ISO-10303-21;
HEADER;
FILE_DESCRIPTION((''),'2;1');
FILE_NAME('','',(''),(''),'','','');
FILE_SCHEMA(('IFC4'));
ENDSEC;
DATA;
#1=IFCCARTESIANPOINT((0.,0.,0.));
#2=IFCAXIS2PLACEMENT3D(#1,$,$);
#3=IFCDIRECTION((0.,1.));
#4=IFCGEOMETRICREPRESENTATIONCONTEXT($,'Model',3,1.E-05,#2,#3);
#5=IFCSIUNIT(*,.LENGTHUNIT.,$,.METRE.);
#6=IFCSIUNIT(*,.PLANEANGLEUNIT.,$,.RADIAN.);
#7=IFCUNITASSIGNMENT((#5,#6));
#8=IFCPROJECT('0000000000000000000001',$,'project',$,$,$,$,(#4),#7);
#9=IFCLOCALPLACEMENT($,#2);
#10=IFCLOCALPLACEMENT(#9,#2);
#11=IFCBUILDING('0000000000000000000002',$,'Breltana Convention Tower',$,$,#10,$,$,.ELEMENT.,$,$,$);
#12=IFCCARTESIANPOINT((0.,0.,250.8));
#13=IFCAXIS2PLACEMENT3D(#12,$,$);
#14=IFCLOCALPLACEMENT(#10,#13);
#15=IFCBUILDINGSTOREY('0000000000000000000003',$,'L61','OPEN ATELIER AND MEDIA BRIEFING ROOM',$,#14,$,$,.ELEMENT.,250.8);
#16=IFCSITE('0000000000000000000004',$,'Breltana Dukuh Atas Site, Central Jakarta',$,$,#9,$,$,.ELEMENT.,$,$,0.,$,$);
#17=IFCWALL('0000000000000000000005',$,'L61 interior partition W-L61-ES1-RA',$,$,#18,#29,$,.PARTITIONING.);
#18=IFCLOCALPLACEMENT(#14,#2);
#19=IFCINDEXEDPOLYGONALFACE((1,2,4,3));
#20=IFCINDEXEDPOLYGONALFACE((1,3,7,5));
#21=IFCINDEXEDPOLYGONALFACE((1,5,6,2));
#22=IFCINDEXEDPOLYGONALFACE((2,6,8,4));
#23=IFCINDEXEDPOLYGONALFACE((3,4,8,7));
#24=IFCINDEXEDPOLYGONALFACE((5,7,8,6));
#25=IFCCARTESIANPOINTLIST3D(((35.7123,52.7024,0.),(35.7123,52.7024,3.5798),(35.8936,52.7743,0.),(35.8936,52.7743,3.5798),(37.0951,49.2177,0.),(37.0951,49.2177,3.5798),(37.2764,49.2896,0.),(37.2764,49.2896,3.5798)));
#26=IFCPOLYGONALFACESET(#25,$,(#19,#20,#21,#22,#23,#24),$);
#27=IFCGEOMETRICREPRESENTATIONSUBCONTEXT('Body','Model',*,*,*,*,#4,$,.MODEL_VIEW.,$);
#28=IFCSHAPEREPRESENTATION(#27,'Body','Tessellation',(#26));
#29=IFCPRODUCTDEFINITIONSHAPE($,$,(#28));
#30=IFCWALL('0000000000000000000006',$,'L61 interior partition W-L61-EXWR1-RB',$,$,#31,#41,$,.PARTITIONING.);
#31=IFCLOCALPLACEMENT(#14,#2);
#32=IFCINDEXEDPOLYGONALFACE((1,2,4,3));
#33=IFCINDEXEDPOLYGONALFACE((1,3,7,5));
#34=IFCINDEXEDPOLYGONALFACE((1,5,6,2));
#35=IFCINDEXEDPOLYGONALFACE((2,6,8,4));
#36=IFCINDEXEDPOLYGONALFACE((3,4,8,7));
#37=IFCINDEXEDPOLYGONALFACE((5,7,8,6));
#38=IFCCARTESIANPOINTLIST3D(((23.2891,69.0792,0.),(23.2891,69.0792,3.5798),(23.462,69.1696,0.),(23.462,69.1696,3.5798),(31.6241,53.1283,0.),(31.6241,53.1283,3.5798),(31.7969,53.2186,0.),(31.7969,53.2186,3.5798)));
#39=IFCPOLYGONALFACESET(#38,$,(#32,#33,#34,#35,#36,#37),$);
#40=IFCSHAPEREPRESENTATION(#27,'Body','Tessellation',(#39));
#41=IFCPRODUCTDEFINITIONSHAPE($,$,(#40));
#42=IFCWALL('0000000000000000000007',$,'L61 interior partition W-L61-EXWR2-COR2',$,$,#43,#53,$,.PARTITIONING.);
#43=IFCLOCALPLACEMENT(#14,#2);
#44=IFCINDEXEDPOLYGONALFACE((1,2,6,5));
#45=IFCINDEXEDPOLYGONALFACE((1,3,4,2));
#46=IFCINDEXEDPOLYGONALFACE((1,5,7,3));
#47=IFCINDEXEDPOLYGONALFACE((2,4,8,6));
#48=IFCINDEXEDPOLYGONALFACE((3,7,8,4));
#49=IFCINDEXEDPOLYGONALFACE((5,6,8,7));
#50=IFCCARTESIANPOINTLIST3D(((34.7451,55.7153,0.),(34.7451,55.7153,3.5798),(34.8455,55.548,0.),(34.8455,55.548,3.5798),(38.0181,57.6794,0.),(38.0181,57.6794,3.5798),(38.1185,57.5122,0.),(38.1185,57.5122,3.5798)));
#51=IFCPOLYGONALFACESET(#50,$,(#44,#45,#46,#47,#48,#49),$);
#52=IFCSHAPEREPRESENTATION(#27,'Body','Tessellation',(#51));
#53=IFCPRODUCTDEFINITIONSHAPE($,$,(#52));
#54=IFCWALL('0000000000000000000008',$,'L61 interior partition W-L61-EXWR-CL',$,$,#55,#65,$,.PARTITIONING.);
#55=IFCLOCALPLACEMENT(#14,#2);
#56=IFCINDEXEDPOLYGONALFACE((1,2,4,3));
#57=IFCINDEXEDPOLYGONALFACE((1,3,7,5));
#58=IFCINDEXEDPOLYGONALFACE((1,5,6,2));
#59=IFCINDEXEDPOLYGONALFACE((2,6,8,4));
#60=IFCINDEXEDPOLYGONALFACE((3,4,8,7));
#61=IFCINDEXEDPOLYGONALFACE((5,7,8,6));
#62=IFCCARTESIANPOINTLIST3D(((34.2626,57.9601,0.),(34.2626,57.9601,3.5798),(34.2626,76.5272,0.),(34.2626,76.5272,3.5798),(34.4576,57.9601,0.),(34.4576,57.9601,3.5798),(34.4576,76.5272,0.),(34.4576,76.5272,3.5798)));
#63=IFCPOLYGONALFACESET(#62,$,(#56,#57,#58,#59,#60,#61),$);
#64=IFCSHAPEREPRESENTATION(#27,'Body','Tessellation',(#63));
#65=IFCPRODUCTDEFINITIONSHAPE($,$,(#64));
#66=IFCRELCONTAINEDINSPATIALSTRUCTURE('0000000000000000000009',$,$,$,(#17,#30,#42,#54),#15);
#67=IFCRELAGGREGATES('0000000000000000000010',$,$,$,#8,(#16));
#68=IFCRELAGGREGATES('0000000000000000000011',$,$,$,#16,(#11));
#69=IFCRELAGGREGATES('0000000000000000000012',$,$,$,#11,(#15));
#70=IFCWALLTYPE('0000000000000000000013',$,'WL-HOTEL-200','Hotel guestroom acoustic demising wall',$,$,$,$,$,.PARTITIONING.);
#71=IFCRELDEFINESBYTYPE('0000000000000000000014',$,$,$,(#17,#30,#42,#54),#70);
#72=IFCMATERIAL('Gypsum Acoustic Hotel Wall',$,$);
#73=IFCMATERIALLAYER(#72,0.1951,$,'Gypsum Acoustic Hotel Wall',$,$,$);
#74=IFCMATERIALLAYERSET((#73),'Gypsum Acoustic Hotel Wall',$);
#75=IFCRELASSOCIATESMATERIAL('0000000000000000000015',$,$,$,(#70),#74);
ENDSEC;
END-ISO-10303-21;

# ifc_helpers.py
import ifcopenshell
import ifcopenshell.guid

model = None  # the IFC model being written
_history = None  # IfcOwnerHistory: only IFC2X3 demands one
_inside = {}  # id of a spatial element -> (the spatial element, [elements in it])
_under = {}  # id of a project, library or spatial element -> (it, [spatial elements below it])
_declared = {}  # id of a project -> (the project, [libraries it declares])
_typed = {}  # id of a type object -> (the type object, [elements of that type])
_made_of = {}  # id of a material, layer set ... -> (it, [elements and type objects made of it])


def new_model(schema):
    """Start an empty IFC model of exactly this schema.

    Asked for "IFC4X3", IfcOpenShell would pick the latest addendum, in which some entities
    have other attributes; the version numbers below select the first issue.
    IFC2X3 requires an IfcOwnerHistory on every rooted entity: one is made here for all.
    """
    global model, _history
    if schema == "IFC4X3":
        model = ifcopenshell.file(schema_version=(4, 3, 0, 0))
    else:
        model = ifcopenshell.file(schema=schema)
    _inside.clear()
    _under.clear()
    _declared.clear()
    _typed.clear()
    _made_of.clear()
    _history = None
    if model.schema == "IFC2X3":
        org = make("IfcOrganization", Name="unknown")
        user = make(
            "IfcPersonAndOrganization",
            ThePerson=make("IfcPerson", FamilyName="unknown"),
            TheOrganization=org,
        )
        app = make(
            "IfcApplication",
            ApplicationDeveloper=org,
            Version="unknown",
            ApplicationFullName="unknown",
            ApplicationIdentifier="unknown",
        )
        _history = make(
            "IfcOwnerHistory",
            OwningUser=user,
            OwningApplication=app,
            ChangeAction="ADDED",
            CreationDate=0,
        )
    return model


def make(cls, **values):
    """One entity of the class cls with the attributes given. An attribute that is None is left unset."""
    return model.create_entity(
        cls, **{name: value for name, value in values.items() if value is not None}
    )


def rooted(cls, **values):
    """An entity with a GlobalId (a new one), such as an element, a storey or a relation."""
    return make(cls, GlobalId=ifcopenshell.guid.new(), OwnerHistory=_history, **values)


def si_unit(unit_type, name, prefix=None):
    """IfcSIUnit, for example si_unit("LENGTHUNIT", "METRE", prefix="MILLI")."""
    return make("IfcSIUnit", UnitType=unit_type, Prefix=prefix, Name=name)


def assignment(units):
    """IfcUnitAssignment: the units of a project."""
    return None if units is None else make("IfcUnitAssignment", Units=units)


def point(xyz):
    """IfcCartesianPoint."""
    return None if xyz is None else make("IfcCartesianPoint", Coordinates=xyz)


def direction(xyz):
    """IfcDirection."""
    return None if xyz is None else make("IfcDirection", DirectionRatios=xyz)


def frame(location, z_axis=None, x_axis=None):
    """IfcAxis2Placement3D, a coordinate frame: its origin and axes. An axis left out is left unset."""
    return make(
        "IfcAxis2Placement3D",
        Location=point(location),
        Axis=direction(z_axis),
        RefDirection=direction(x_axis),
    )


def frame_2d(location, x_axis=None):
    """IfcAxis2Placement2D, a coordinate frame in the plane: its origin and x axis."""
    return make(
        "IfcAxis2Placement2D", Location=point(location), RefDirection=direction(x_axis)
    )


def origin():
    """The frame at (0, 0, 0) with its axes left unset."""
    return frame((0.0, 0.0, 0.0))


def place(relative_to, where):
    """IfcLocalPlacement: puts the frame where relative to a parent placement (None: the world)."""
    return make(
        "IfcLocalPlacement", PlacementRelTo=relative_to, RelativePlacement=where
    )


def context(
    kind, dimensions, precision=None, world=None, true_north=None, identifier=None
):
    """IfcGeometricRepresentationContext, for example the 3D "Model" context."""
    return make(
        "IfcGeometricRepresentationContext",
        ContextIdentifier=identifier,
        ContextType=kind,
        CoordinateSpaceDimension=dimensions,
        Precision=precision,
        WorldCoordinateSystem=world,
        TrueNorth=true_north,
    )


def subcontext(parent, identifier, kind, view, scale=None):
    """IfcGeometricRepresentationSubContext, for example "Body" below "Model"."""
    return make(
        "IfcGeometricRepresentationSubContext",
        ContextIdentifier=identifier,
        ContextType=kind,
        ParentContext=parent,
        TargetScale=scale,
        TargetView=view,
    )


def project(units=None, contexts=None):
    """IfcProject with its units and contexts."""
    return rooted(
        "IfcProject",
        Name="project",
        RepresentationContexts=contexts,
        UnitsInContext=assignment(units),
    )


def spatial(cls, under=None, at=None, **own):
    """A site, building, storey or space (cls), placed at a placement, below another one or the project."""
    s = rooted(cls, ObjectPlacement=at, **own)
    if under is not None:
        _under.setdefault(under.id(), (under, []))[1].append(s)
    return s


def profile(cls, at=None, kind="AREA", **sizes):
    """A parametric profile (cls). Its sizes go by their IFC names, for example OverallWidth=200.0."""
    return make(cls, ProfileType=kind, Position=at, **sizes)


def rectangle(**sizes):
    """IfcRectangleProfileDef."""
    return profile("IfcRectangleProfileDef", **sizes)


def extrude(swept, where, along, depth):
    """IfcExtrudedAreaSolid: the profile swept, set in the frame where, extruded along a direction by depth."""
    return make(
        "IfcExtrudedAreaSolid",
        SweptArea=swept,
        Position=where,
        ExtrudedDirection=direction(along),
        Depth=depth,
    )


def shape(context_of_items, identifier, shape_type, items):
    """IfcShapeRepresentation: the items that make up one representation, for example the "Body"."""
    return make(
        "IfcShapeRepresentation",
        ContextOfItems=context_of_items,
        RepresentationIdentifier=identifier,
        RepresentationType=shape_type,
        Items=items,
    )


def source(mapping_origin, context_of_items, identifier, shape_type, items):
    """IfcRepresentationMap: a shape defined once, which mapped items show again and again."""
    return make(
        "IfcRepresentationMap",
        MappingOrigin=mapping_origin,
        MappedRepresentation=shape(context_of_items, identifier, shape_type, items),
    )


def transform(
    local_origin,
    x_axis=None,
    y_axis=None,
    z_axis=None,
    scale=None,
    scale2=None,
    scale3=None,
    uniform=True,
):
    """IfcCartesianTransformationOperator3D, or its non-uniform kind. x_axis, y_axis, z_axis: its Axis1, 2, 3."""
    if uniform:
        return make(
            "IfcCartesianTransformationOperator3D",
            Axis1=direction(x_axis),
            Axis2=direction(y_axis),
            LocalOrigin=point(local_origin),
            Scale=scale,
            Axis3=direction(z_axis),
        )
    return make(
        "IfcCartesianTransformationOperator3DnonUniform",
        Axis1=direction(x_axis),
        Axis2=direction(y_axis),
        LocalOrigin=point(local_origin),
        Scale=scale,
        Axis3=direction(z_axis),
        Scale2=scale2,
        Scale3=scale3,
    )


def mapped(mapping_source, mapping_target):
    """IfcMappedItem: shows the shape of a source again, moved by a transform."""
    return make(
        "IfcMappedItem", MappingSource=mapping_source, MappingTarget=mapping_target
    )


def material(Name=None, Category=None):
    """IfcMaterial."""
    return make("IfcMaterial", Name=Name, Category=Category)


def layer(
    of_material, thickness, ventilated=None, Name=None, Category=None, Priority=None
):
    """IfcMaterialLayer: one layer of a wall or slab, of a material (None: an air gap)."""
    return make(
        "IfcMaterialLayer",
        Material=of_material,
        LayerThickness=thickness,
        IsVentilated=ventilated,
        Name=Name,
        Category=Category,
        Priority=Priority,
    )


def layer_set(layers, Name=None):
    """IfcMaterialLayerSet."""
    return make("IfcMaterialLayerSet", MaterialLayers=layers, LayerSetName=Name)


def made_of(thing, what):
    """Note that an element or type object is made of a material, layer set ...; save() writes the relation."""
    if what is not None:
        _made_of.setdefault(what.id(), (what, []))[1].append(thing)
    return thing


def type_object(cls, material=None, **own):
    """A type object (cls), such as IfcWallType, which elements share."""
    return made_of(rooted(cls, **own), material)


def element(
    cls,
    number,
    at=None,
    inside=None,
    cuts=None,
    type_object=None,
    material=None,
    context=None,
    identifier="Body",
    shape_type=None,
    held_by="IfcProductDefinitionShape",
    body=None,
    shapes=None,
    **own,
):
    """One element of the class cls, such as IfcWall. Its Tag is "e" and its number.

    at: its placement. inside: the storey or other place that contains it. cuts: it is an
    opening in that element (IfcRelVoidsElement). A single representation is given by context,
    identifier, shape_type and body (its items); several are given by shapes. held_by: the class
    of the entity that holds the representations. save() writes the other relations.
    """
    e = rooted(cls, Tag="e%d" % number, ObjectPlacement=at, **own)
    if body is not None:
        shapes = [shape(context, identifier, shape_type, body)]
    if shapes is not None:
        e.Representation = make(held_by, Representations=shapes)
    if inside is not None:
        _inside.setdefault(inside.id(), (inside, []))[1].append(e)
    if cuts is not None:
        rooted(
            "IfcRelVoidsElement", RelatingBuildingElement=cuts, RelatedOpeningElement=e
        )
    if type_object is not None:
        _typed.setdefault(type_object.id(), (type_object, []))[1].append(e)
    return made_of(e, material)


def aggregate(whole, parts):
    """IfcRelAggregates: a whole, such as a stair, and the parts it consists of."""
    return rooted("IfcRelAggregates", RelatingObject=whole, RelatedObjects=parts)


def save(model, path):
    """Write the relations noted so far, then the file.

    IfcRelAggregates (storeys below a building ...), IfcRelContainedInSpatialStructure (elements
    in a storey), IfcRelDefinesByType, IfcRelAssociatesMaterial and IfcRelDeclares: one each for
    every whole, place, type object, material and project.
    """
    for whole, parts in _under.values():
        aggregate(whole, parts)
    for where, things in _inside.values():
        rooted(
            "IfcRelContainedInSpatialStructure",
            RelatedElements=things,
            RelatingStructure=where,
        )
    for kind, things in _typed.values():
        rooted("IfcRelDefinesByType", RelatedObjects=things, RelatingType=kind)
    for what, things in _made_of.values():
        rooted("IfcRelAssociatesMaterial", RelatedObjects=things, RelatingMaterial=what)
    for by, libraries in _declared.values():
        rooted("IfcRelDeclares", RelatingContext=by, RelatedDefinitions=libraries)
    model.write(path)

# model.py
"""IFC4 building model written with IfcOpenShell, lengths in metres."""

from ifc_helpers import new_model, si_unit, direction, frame, frame_2d, origin, place, context, subcontext, project, spatial, rectangle, extrude, source, transform, mapped, material, layer, layer_set, type_object, element, save


model = new_model("IFC4")

# Units and contexts
model_context = context("Model", 3, precision=1e-05, world=origin(), true_north=direction((0.0, 1.0)))
body_context = subcontext(model_context, "Body", "Model", "MODEL_VIEW")
ifc_project = project(units=[si_unit("LENGTHUNIT", "METRE"), si_unit("PLANEANGLEUNIT", "RADIAN")], contexts=[model_context])

# Site, building, storey
site_placement = place(None, origin())
site = spatial("IfcSite", under=ifc_project, at=site_placement, Name="Breltana Dukuh Atas Site, Central Jakarta", CompositionType="ELEMENT", RefElevation=0.0)
building_placement = place(site_placement, origin())
building = spatial("IfcBuilding", under=site, at=building_placement, Name="Breltana Convention Tower", CompositionType="ELEMENT")
storey_placement = place(building_placement, frame((0.0, 0.0, 250.8)))
storey = spatial("IfcBuildingStorey", under=building, at=storey_placement, Name="L61", Description="OPEN ATELIER AND MEDIA BRIEFING ROOM", CompositionType="ELEMENT", Elevation=250.8)

# Shared definitions
ifc_material_1 = material(Name="Gypsum Acoustic Hotel Wall")
ifc_layer_1 = layer(ifc_material_1, 0.1951, Name="Gypsum Acoustic Hotel Wall")
ifc_layer_set_1 = layer_set([ifc_layer_1], Name="Gypsum Acoustic Hotel Wall")
wall_type_1 = type_object("IfcWallType", Name="WL-HOTEL-200", Description="Hotel guestroom acoustic demising wall", PredefinedType="PARTITIONING", material=ifc_layer_set_1)

# Walls
shared_shape_1 = source(origin(), body_context, "Body", "SweptSolid", [
    extrude(rectangle(XDim=3.749, YDim=0.1951, at=frame_2d((1.8745, 0.0))), origin(), (0.0, 0.0, 1.0), 3.5798),
])
wall_1_placement = place(storey_placement, frame((37.1858, 49.2537, 0.0), z_axis=(0.0, 0.0, 1.0), x_axis=(-0.368852, 0.929488, 0.0)))
element("IfcWall", 1, at=wall_1_placement, inside=storey, type_object=wall_type_1, Name="L61 interior partition W-L61-ES1-RA", PredefinedType="PARTITIONING", context=body_context, shape_type="MappedRepresentation", body=[
    mapped(shared_shape_1, transform((0.0, 0.0, 0.0), scale=1.0)),
])
shared_shape_2 = source(origin(), body_context, "Body", "SweptSolid", [
    extrude(rectangle(XDim=17.9973, YDim=0.1951, at=frame_2d((8.9985, 0.0))), origin(), (0.0, 0.0, 1.0), 3.5798),
])
wall_2_placement = place(storey_placement, frame((31.7104, 53.1736, 0.0), z_axis=(0.0, 0.0, 1.0), x_axis=(-0.463122, 0.886294, 0.0)))
element("IfcWall", 2, at=wall_2_placement, inside=storey, type_object=wall_type_1, Name="L61 interior partition W-L61-EXWR1-RB", PredefinedType="PARTITIONING", context=body_context, shape_type="MappedRepresentation", body=[
    mapped(shared_shape_2, transform((0.0, 0.0, 0.0), scale=1.0)),
])

# Walls
shared_shape_3 = source(origin(), body_context, "Body", "SweptSolid", [
    extrude(rectangle(XDim=3.8171, YDim=0.1951, at=frame_2d((1.9087, 0.0))), origin(), (0.0, 0.0, 1.0), 3.5798),
])
wall_3_placement = place(storey_placement, frame((34.7952, 55.6316, 0.0), z_axis=(0.0, 0.0, 1.0), x_axis=(0.857453, 0.514562, 0.0)))
element("IfcWall", 3, at=wall_3_placement, inside=storey, type_object=wall_type_1, Name="L61 interior partition W-L61-EXWR2-COR2", PredefinedType="PARTITIONING", context=body_context, shape_type="MappedRepresentation", body=[
    mapped(shared_shape_3, transform((0.0, 0.0, 0.0), scale=1.0)),
])
shared_shape_4 = source(origin(), body_context, "Body", "SweptSolid", [
    extrude(rectangle(XDim=18.5671, YDim=0.1951, at=frame_2d((9.2837, 0.0))), origin(), (0.0, 0.0, 1.0), 3.5798),
])
wall_4_placement = place(storey_placement, frame((34.3601, 57.96, 0.0), z_axis=(0.0, 0.0, 1.0), x_axis=(0.0, 1.0, 0.0)))
element("IfcWall", 4, at=wall_4_placement, inside=storey, type_object=wall_type_1, Name="L61 interior partition W-L61-EXWR-CL", PredefinedType="PARTITIONING", context=body_context, shape_type="MappedRepresentation", body=[
    mapped(shared_shape_4, transform((0.0, 0.0, 0.0), scale=1.0)),
])

save(model, "model.ifc")
